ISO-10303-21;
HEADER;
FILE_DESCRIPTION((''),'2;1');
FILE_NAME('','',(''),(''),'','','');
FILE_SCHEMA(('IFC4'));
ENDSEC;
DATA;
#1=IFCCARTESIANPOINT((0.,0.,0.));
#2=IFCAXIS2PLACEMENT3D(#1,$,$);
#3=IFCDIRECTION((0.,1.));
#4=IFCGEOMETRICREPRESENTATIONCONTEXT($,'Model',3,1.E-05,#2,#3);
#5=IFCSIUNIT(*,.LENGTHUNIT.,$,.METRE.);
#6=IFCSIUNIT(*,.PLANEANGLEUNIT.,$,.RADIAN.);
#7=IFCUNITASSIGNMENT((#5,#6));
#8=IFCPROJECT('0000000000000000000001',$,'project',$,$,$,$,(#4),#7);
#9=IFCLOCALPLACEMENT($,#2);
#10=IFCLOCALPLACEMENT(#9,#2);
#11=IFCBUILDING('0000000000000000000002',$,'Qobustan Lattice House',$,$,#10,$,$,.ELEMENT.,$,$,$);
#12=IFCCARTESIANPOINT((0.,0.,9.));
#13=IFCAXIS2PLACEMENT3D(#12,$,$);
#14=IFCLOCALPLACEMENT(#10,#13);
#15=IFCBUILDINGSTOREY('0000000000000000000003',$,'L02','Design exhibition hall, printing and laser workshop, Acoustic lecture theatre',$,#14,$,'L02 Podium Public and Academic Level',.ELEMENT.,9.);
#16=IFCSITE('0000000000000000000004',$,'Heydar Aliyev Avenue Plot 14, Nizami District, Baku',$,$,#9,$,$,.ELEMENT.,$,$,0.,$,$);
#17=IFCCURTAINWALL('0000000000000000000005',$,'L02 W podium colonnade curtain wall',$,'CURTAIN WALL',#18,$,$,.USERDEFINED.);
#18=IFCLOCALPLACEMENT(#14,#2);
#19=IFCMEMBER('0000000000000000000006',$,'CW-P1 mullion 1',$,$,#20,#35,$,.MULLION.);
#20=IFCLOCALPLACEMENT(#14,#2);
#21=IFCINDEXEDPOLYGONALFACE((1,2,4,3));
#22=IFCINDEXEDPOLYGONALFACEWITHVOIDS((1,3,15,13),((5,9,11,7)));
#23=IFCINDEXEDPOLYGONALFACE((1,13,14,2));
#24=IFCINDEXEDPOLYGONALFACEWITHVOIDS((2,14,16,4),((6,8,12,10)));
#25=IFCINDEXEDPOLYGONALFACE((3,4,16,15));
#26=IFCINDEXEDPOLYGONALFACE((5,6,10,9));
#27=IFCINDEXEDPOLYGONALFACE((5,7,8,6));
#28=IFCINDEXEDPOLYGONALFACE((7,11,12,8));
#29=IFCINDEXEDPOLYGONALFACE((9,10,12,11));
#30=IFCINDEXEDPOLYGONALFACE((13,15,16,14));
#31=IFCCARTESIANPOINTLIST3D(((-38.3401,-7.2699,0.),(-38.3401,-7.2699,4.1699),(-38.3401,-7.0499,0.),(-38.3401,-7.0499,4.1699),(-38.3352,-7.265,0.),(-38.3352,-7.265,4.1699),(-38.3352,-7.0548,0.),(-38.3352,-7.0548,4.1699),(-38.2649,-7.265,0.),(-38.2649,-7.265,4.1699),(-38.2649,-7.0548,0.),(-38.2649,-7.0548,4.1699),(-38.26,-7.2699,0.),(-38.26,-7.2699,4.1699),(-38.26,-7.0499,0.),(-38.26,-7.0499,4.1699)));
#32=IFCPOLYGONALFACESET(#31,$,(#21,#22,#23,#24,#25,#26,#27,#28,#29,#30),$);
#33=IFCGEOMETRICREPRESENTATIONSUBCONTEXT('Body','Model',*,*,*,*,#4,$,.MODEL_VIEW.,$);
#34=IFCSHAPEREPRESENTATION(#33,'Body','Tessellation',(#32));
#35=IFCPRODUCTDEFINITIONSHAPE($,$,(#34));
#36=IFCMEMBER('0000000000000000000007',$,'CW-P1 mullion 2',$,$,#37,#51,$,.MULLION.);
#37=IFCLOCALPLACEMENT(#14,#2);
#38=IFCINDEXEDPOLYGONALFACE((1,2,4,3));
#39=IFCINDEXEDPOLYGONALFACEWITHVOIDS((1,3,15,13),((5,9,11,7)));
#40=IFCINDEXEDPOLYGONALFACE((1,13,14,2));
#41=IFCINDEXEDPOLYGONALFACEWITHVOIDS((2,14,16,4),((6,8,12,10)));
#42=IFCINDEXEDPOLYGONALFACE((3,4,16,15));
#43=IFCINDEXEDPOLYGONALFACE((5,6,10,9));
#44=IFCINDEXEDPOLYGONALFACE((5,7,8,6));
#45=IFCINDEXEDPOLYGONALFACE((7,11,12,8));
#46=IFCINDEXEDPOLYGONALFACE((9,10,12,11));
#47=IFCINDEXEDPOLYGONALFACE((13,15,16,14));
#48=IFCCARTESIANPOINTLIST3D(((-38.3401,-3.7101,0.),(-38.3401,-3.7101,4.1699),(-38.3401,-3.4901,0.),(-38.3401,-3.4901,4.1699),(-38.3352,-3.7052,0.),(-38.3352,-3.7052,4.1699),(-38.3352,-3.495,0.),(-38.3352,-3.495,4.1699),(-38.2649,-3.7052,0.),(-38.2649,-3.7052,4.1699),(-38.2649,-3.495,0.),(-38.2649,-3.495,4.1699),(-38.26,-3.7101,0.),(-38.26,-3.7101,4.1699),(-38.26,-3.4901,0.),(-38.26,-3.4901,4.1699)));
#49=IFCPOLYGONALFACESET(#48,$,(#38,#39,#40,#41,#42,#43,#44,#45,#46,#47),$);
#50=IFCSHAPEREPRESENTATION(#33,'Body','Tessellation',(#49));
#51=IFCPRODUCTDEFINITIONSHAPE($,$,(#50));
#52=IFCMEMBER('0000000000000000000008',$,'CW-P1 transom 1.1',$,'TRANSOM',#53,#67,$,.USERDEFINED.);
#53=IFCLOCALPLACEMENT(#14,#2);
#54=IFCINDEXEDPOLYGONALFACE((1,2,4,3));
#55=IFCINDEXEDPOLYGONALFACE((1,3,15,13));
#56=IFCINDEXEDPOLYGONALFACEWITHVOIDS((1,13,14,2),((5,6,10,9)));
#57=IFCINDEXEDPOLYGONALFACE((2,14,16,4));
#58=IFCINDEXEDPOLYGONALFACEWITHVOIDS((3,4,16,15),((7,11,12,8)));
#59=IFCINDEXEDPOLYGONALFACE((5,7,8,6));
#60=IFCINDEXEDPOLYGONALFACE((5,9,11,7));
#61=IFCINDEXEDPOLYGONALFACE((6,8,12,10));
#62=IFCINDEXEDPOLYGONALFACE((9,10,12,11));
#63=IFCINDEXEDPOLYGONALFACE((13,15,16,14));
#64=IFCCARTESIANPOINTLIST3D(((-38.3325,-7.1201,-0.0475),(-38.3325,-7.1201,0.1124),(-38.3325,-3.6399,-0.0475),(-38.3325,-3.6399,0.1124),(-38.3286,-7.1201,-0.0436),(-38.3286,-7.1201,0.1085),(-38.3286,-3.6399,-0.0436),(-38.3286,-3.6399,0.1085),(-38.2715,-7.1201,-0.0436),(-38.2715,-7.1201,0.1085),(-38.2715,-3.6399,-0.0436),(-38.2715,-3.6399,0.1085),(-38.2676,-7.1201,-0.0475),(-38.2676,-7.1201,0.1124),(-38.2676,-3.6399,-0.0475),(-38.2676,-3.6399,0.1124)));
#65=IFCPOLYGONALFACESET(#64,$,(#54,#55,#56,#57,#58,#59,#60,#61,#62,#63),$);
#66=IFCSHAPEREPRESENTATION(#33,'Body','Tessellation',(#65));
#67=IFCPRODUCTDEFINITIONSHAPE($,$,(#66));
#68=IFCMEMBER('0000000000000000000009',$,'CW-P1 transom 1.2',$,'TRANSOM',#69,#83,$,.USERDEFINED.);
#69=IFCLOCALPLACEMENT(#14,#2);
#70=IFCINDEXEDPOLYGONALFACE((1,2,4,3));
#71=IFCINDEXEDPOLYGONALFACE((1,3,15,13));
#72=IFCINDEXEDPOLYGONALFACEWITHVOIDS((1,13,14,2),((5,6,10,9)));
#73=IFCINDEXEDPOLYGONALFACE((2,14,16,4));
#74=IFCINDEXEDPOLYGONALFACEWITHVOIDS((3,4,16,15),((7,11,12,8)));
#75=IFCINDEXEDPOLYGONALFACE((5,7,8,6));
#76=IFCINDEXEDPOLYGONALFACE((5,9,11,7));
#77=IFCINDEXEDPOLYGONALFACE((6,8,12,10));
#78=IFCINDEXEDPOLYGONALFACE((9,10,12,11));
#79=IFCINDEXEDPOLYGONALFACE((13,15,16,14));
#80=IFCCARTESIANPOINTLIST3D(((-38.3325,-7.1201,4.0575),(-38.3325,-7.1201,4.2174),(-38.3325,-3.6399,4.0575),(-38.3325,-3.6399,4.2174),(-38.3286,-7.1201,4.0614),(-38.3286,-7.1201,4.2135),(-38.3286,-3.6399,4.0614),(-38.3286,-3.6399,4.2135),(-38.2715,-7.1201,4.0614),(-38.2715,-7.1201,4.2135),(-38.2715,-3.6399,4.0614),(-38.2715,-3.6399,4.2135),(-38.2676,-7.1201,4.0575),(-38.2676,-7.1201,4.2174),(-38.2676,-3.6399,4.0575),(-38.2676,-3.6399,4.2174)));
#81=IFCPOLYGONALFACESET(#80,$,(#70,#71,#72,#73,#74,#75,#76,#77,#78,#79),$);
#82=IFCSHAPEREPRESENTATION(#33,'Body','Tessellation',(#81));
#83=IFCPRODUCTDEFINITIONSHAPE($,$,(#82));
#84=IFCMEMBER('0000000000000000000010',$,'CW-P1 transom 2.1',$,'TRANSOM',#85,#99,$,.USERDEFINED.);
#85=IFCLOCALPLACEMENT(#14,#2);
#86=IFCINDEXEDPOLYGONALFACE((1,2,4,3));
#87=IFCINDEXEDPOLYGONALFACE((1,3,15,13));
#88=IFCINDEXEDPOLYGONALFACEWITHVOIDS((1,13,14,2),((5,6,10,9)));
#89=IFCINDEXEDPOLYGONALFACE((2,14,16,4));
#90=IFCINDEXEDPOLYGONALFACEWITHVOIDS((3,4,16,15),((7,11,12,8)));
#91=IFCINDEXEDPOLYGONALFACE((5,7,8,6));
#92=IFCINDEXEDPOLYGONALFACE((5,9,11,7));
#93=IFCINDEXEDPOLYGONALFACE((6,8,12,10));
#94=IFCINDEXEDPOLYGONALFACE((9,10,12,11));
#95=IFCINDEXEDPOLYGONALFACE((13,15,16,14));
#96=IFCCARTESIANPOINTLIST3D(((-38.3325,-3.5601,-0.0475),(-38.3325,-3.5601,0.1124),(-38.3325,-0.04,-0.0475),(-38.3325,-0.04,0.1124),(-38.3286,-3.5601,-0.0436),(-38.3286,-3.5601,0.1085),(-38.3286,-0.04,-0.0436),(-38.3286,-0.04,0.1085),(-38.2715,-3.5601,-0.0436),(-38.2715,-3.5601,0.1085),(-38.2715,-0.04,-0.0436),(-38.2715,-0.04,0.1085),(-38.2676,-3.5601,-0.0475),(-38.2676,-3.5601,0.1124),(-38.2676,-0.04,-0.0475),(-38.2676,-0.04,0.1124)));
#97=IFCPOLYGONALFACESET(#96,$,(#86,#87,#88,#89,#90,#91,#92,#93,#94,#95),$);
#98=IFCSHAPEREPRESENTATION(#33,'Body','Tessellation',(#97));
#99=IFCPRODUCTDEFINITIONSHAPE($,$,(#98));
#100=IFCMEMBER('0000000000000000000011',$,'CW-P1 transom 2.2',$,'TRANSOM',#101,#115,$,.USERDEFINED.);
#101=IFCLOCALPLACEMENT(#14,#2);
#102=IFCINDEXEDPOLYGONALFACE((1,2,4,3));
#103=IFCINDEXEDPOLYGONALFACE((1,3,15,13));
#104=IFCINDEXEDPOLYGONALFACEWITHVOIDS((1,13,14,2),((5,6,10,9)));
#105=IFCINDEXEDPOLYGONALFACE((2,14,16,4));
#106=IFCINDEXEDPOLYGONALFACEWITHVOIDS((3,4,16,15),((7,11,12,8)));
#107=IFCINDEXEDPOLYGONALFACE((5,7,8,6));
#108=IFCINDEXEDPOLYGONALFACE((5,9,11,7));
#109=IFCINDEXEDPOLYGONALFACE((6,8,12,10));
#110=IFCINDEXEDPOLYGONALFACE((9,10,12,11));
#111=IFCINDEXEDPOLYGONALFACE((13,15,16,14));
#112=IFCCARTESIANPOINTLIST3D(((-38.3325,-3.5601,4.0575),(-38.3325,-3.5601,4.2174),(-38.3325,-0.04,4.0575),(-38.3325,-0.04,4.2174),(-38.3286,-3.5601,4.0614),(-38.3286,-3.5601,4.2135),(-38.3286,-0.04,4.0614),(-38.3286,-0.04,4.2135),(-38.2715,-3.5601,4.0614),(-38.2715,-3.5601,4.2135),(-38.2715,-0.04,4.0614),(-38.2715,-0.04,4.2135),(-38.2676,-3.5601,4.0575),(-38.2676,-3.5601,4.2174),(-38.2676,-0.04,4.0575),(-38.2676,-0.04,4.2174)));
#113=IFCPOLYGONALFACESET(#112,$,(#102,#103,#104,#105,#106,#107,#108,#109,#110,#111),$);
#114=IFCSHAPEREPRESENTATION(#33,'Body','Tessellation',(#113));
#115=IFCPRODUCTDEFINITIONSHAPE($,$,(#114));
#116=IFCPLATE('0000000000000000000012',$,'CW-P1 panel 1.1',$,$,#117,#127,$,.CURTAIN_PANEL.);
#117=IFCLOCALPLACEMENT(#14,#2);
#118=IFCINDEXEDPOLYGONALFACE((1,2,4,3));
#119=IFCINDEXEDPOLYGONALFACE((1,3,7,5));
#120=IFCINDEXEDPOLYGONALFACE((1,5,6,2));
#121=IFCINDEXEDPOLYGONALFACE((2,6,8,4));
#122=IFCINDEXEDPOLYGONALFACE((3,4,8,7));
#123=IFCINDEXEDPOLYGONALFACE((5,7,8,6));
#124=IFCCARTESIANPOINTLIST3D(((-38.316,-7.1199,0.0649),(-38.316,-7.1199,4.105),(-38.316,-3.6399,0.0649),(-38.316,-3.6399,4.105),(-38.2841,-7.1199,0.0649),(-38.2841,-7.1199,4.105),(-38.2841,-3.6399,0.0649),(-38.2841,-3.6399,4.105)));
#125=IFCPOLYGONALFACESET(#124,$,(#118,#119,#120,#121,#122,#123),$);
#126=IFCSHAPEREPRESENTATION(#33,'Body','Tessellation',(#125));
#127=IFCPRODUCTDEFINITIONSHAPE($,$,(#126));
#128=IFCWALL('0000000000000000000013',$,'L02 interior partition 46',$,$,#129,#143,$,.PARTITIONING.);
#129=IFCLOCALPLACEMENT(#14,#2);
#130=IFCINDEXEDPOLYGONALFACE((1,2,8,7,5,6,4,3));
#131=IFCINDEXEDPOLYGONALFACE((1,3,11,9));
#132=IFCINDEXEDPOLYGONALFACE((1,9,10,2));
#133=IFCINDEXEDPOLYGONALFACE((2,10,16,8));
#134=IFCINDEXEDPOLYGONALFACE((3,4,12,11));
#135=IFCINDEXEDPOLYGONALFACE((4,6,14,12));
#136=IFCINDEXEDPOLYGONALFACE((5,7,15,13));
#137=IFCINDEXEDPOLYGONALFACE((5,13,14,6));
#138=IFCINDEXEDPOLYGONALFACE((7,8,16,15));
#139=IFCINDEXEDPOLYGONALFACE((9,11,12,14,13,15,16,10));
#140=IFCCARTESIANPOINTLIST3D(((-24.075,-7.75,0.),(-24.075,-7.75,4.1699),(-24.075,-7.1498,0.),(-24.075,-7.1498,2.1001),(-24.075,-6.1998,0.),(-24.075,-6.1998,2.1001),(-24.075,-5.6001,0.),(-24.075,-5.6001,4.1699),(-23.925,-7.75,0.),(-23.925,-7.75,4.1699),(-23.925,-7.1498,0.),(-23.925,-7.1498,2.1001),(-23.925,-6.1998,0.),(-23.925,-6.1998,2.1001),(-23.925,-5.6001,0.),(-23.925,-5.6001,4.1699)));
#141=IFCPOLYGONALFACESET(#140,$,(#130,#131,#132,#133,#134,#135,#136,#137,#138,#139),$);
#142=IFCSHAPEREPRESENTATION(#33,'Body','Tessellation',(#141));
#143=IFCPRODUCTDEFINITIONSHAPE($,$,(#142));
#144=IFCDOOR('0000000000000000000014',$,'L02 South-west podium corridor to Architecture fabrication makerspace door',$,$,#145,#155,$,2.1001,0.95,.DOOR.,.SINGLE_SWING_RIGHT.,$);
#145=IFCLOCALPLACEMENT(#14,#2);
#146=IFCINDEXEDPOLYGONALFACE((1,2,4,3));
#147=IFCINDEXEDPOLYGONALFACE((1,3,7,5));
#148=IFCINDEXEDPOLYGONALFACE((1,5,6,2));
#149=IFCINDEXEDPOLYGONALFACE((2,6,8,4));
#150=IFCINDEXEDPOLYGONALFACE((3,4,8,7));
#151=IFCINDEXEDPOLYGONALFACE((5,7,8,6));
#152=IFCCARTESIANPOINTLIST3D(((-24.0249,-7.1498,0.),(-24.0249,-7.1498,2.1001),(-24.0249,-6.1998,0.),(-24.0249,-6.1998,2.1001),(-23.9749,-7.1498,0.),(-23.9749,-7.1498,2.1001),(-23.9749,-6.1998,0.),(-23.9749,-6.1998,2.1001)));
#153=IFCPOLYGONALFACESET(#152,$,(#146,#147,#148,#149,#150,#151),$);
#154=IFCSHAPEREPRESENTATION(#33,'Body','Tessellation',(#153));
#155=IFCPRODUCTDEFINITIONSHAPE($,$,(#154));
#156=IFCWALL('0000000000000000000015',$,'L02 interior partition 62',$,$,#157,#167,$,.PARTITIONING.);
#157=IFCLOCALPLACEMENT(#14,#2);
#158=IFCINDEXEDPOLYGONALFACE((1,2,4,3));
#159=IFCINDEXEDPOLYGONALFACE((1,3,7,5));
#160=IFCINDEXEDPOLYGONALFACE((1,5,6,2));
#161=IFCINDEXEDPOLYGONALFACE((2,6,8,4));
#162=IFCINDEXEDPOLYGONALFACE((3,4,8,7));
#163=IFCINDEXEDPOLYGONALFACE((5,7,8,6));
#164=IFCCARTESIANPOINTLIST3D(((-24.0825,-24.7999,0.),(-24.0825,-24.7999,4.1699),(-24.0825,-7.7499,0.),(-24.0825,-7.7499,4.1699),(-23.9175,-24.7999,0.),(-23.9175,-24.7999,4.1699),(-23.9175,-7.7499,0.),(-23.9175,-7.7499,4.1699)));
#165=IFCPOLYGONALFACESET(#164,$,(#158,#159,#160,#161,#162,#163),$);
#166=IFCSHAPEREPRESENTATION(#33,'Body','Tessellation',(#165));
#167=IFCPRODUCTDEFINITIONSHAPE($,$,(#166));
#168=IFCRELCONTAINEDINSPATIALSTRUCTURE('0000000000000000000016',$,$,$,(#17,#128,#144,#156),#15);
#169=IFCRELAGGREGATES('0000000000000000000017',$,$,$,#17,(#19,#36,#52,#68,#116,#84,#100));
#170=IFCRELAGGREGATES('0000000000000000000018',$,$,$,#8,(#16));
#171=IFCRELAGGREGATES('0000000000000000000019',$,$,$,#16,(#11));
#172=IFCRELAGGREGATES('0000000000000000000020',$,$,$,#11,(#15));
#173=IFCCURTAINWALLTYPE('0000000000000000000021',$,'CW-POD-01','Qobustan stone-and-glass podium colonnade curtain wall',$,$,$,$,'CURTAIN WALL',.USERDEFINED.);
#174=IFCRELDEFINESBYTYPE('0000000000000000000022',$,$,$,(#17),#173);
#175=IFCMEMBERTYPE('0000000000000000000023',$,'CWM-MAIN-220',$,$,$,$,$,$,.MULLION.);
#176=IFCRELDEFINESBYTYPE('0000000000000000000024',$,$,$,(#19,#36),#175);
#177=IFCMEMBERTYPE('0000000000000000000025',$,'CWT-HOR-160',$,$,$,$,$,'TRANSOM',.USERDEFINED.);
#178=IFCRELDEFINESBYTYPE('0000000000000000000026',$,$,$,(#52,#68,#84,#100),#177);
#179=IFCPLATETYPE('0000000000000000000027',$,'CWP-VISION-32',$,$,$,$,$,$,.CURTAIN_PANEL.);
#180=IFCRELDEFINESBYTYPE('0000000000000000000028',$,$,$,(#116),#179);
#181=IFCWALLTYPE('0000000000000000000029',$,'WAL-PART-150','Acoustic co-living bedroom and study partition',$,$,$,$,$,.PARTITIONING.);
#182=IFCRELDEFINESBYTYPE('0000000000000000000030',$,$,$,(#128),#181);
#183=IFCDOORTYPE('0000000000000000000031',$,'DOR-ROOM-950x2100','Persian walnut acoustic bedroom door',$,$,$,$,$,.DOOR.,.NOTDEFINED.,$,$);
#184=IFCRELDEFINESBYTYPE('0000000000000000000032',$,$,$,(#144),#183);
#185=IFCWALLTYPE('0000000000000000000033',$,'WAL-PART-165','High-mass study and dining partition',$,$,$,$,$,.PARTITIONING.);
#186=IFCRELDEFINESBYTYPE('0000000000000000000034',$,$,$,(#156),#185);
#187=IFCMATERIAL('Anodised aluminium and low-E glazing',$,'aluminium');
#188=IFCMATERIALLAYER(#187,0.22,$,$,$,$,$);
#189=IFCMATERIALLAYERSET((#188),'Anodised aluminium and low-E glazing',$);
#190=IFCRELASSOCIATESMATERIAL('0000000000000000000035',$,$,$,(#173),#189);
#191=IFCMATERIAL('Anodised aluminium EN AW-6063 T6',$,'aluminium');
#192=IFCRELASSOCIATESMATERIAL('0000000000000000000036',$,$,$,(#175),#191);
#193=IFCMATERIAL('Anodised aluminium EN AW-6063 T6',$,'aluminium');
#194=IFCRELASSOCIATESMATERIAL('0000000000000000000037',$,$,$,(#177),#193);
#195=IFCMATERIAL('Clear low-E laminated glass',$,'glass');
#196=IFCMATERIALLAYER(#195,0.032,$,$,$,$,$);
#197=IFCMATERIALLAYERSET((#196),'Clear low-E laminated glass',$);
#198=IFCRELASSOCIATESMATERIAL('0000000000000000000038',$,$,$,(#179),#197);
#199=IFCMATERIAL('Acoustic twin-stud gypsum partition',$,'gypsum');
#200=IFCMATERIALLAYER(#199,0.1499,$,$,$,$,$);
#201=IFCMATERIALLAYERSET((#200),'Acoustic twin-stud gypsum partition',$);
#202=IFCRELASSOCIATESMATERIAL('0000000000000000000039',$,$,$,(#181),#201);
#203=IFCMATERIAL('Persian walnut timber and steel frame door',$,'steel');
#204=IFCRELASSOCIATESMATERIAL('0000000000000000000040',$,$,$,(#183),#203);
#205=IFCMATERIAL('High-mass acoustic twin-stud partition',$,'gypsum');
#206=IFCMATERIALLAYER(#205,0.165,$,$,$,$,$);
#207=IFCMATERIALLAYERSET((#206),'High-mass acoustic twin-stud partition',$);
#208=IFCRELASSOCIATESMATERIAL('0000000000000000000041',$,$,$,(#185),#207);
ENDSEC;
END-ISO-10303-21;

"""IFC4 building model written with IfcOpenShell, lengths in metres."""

from ifc_helpers import new_model, si_unit, direction, frame, frame_2d, origin, origin_2d, place, context, subcontext, project, spatial, rectangle, hollow_rectangle, extrude, material, layer, layer_set, material_profile, profile_set, type_object, element, fill, aggregate, save


model = new_model("IFC4")

# Units and contexts
model_context = context("Model", 3, precision=1e-05, world=origin(), true_north=direction((0.0, 1.0)))
body_context = subcontext(model_context, "Body", "Model", "MODEL_VIEW")
ifc_project = project(units=[si_unit("LENGTHUNIT", "METRE"), si_unit("PLANEANGLEUNIT", "RADIAN")], contexts=[model_context])

# Site, building, storey
site_placement = place(None, origin())
site = spatial("IfcSite", under=ifc_project, at=site_placement, Name="Heydar Aliyev Avenue Plot 14, Nizami District, Baku", CompositionType="ELEMENT", RefElevation=0.0)
building_placement = place(site_placement, origin())
building = spatial("IfcBuilding", under=site, at=building_placement, Name="Qobustan Lattice House", CompositionType="ELEMENT")
storey_placement = place(building_placement, frame((0.0, 0.0, 9.0)))
storey = spatial("IfcBuildingStorey", under=building, at=storey_placement, Name="L02", Description="Design exhibition hall, printing and laser workshop, Acoustic lecture theatre", LongName="L02 Podium Public and Academic Level", CompositionType="ELEMENT", Elevation=9.0)

# Curtain wall, members, plate
ifc_material_1 = material(Name="Anodised aluminium and low-E glazing", Category="aluminium")
ifc_layer_1 = layer(ifc_material_1, 0.22)
ifc_layer_set_1 = layer_set([ifc_layer_1], Name="Anodised aluminium and low-E glazing")
curtain_wall_type = type_object("IfcCurtainWallType", Name="CW-POD-01", Description="Qobustan stone-and-glass podium colonnade curtain wall", ElementType="CURTAIN WALL", PredefinedType="USERDEFINED", material=ifc_layer_set_1)
curtain_wall_placement = place(storey_placement, origin())
curtain_wall = element("IfcCurtainWall", 1, at=curtain_wall_placement, inside=storey, type_object=curtain_wall_type, Name="L02 W podium colonnade curtain wall", ObjectType="CURTAIN WALL", PredefinedType="USERDEFINED")
ifc_material_2 = material(Name="Anodised aluminium EN AW-6063 T6", Category="aluminium")
ifc_material_profile_1 = material_profile(ifc_material_2, hollow_rectangle(XDim=0.0801, YDim=0.22, WallThickness=0.0049, at=origin_2d()), Name="CWM-220x80")
ifc_profile_set_1 = profile_set([ifc_material_profile_1], Name="Anodised aluminium EN AW-6063 T6")
member_type_1 = type_object("IfcMemberType", Name="CWM-MAIN-220", PredefinedType="MULLION", material=ifc_profile_set_1)
member_1_placement = place(storey_placement, frame((-38.3, -7.1599, 0.0), z_axis=(0.0, 0.0, 1.0), x_axis=(-1.0, 0.0, 0.0)))
member_1 = element("IfcMember", 2, at=member_1_placement, type_object=member_type_1, Name="CW-P1 mullion 1", PredefinedType="MULLION", context=body_context, shape_type="SweptSolid", body=[
    extrude(hollow_rectangle(XDim=0.0801, YDim=0.22, WallThickness=0.0049, at=origin_2d()), origin(), (0.0, 0.0, 1.0), 4.1699),
])
member_2_placement = place(storey_placement, frame((-38.3, -3.6001, 0.0), z_axis=(0.0, 0.0, 1.0), x_axis=(-1.0, 0.0, 0.0)))
member_2 = element("IfcMember", 3, at=member_2_placement, type_object=member_type_1, Name="CW-P1 mullion 2", PredefinedType="MULLION", context=body_context, shape_type="SweptSolid", body=[
    extrude(hollow_rectangle(XDim=0.0801, YDim=0.22, WallThickness=0.0049, at=origin_2d()), origin(), (0.0, 0.0, 1.0), 4.1699),
])
ifc_material_3 = material(Name="Anodised aluminium EN AW-6063 T6", Category="aluminium")
ifc_material_profile_2 = material_profile(ifc_material_3, hollow_rectangle(XDim=0.0649, YDim=0.1599, WallThickness=0.0039, at=origin_2d()), Name="CWT-160x65")
ifc_profile_set_2 = profile_set([ifc_material_profile_2], Name="Anodised aluminium EN AW-6063 T6")
member_type_2 = type_object("IfcMemberType", Name="CWT-HOR-160", ElementType="TRANSOM", PredefinedType="USERDEFINED", material=ifc_profile_set_2)
member_3_placement = place(storey_placement, frame((-38.3, -7.1201, 0.0325), z_axis=(0.0, 1.0, 0.0), x_axis=(-1.0, 0.0, 0.0)))
member_3 = element("IfcMember", 4, at=member_3_placement, type_object=member_type_2, Name="CW-P1 transom 1.1", ObjectType="TRANSOM", PredefinedType="USERDEFINED", context=body_context, shape_type="SweptSolid", body=[
    extrude(hollow_rectangle(XDim=0.0649, YDim=0.1599, WallThickness=0.0039, at=origin_2d()), origin(), (0.0, 0.0, 1.0), 3.4802),
])
member_4_placement = place(storey_placement, frame((-38.3, -7.1201, 4.1375), z_axis=(0.0, 1.0, 0.0), x_axis=(-1.0, 0.0, 0.0)))
member_4 = element("IfcMember", 5, at=member_4_placement, type_object=member_type_2, Name="CW-P1 transom 1.2", ObjectType="TRANSOM", PredefinedType="USERDEFINED", context=body_context, shape_type="SweptSolid", body=[
    extrude(hollow_rectangle(XDim=0.0649, YDim=0.1599, WallThickness=0.0039, at=origin_2d()), origin(), (0.0, 0.0, 1.0), 3.4802),
])
member_5_placement = place(storey_placement, frame((-38.3, -3.5601, 0.0325), z_axis=(0.0, 1.0, 0.0), x_axis=(-1.0, 0.0, 0.0)))
member_5 = element("IfcMember", 6, at=member_5_placement, type_object=member_type_2, Name="CW-P1 transom 2.1", ObjectType="TRANSOM", PredefinedType="USERDEFINED", context=body_context, shape_type="SweptSolid", body=[
    extrude(hollow_rectangle(XDim=0.0649, YDim=0.1599, WallThickness=0.0039, at=origin_2d()), origin(), (0.0, 0.0, 1.0), 3.52),
])
member_6_placement = place(storey_placement, frame((-38.3, -3.5601, 4.1375), z_axis=(0.0, 1.0, 0.0), x_axis=(-1.0, 0.0, 0.0)))
member_6 = element("IfcMember", 7, at=member_6_placement, type_object=member_type_2, Name="CW-P1 transom 2.2", ObjectType="TRANSOM", PredefinedType="USERDEFINED", context=body_context, shape_type="SweptSolid", body=[
    extrude(hollow_rectangle(XDim=0.0649, YDim=0.1599, WallThickness=0.0039, at=origin_2d()), origin(), (0.0, 0.0, 1.0), 3.52),
])
ifc_material_4 = material(Name="Clear low-E laminated glass", Category="glass")
ifc_layer_2 = layer(ifc_material_4, 0.032)
ifc_layer_set_2 = layer_set([ifc_layer_2], Name="Clear low-E laminated glass")
plate_type = type_object("IfcPlateType", Name="CWP-VISION-32", PredefinedType="CURTAIN_PANEL", material=ifc_layer_set_2)
plate_placement = place(storey_placement, frame((-38.3, -5.3799, 0.0649), z_axis=(0.0, 0.0, 1.0), x_axis=(0.0, 1.0, 0.0)))
plate = element("IfcPlate", 8, at=plate_placement, type_object=plate_type, Name="CW-P1 panel 1.1", PredefinedType="CURTAIN_PANEL", context=body_context, shape_type="SweptSolid", body=[
    extrude(rectangle(XDim=3.48, YDim=0.032, at=origin_2d()), origin(), (0.0, 0.0, 1.0), 4.04),
])
aggregate(curtain_wall, [member_1, member_2, member_3, member_4, plate, member_5, member_6])

# Wall, opening, door
ifc_material_5 = material(Name="Acoustic twin-stud gypsum partition", Category="gypsum")
ifc_layer_3 = layer(ifc_material_5, 0.1499)
ifc_layer_set_3 = layer_set([ifc_layer_3], Name="Acoustic twin-stud gypsum partition")
wall_type_1 = type_object("IfcWallType", Name="WAL-PART-150", Description="Acoustic co-living bedroom and study partition", PredefinedType="PARTITIONING", material=ifc_layer_set_3)
wall_1_placement = place(storey_placement, frame((-24.0, -7.75, 0.0), z_axis=(0.0, 0.0, 1.0), x_axis=(0.0, 1.0, 0.0)))
wall_1 = element("IfcWall", 9, at=wall_1_placement, inside=storey, type_object=wall_type_1, Name="L02 interior partition 46", PredefinedType="PARTITIONING", context=body_context, shape_type="SweptSolid", body=[
    extrude(rectangle(XDim=2.1499, YDim=0.1499, at=frame_2d((1.075, 0.0))), origin(), (0.0, 0.0, 1.0), 4.1699),
])
opening_placement = place(wall_1_placement, frame((0.6001, 0.0, 0.0)))
opening = element("IfcOpeningElement", 10, at=opening_placement, cuts=wall_1, PredefinedType="OPENING", context=body_context, shape_type="SweptSolid", body=[
    extrude(rectangle(XDim=0.95, YDim=2.1001, at=frame_2d((0.4751, 1.05))), frame((0.0, 0.085, 0.0), z_axis=(0.0, -1.0, 0.0), x_axis=(1.0, 0.0, 0.0)), (0.0, 0.0, 1.0), 0.1699),
])
ifc_material_6 = material(Name="Persian walnut timber and steel frame door", Category="steel")
door_type = type_object("IfcDoorType", Name="DOR-ROOM-950x2100", Description="Persian walnut acoustic bedroom door", OperationType="NOTDEFINED", PredefinedType="DOOR", material=ifc_material_6)
door_placement = place(opening_placement, origin())
door = element("IfcDoor", 11, at=door_placement, inside=storey, type_object=door_type, Name="L02 South-west podium corridor to Architecture fabrication makerspace door", OperationType="SINGLE_SWING_RIGHT", OverallHeight=2.1001, OverallWidth=0.95, PredefinedType="DOOR", context=body_context, shape_type="SweptSolid", body=[
    extrude(rectangle(XDim=0.95, YDim=2.1001, at=frame_2d((0.4751, 1.05))), frame((0.0, 0.0249, 0.0), z_axis=(0.0, -1.0, 0.0), x_axis=(1.0, 0.0, 0.0)), (0.0, 0.0, 1.0), 0.05),
])
fill(opening, door)

# Wall
ifc_material_7 = material(Name="High-mass acoustic twin-stud partition", Category="gypsum")
ifc_layer_4 = layer(ifc_material_7, 0.165)
ifc_layer_set_4 = layer_set([ifc_layer_4], Name="High-mass acoustic twin-stud partition")
wall_type_2 = type_object("IfcWallType", Name="WAL-PART-165", Description="High-mass study and dining partition", PredefinedType="PARTITIONING", material=ifc_layer_set_4)
wall_2_placement = place(storey_placement, frame((-24.0, -7.75, 0.0), z_axis=(0.0, 0.0, 1.0), x_axis=(0.0, -1.0, 0.0)))
element("IfcWall", 12, at=wall_2_placement, inside=storey, type_object=wall_type_2, Name="L02 interior partition 62", PredefinedType="PARTITIONING", context=body_context, shape_type="SweptSolid", body=[
    extrude(rectangle(XDim=17.05, YDim=0.165, at=frame_2d((8.5249, 0.0))), origin(), (0.0, 0.0, 1.0), 4.1699),
])

save(model, "model.ifc")
